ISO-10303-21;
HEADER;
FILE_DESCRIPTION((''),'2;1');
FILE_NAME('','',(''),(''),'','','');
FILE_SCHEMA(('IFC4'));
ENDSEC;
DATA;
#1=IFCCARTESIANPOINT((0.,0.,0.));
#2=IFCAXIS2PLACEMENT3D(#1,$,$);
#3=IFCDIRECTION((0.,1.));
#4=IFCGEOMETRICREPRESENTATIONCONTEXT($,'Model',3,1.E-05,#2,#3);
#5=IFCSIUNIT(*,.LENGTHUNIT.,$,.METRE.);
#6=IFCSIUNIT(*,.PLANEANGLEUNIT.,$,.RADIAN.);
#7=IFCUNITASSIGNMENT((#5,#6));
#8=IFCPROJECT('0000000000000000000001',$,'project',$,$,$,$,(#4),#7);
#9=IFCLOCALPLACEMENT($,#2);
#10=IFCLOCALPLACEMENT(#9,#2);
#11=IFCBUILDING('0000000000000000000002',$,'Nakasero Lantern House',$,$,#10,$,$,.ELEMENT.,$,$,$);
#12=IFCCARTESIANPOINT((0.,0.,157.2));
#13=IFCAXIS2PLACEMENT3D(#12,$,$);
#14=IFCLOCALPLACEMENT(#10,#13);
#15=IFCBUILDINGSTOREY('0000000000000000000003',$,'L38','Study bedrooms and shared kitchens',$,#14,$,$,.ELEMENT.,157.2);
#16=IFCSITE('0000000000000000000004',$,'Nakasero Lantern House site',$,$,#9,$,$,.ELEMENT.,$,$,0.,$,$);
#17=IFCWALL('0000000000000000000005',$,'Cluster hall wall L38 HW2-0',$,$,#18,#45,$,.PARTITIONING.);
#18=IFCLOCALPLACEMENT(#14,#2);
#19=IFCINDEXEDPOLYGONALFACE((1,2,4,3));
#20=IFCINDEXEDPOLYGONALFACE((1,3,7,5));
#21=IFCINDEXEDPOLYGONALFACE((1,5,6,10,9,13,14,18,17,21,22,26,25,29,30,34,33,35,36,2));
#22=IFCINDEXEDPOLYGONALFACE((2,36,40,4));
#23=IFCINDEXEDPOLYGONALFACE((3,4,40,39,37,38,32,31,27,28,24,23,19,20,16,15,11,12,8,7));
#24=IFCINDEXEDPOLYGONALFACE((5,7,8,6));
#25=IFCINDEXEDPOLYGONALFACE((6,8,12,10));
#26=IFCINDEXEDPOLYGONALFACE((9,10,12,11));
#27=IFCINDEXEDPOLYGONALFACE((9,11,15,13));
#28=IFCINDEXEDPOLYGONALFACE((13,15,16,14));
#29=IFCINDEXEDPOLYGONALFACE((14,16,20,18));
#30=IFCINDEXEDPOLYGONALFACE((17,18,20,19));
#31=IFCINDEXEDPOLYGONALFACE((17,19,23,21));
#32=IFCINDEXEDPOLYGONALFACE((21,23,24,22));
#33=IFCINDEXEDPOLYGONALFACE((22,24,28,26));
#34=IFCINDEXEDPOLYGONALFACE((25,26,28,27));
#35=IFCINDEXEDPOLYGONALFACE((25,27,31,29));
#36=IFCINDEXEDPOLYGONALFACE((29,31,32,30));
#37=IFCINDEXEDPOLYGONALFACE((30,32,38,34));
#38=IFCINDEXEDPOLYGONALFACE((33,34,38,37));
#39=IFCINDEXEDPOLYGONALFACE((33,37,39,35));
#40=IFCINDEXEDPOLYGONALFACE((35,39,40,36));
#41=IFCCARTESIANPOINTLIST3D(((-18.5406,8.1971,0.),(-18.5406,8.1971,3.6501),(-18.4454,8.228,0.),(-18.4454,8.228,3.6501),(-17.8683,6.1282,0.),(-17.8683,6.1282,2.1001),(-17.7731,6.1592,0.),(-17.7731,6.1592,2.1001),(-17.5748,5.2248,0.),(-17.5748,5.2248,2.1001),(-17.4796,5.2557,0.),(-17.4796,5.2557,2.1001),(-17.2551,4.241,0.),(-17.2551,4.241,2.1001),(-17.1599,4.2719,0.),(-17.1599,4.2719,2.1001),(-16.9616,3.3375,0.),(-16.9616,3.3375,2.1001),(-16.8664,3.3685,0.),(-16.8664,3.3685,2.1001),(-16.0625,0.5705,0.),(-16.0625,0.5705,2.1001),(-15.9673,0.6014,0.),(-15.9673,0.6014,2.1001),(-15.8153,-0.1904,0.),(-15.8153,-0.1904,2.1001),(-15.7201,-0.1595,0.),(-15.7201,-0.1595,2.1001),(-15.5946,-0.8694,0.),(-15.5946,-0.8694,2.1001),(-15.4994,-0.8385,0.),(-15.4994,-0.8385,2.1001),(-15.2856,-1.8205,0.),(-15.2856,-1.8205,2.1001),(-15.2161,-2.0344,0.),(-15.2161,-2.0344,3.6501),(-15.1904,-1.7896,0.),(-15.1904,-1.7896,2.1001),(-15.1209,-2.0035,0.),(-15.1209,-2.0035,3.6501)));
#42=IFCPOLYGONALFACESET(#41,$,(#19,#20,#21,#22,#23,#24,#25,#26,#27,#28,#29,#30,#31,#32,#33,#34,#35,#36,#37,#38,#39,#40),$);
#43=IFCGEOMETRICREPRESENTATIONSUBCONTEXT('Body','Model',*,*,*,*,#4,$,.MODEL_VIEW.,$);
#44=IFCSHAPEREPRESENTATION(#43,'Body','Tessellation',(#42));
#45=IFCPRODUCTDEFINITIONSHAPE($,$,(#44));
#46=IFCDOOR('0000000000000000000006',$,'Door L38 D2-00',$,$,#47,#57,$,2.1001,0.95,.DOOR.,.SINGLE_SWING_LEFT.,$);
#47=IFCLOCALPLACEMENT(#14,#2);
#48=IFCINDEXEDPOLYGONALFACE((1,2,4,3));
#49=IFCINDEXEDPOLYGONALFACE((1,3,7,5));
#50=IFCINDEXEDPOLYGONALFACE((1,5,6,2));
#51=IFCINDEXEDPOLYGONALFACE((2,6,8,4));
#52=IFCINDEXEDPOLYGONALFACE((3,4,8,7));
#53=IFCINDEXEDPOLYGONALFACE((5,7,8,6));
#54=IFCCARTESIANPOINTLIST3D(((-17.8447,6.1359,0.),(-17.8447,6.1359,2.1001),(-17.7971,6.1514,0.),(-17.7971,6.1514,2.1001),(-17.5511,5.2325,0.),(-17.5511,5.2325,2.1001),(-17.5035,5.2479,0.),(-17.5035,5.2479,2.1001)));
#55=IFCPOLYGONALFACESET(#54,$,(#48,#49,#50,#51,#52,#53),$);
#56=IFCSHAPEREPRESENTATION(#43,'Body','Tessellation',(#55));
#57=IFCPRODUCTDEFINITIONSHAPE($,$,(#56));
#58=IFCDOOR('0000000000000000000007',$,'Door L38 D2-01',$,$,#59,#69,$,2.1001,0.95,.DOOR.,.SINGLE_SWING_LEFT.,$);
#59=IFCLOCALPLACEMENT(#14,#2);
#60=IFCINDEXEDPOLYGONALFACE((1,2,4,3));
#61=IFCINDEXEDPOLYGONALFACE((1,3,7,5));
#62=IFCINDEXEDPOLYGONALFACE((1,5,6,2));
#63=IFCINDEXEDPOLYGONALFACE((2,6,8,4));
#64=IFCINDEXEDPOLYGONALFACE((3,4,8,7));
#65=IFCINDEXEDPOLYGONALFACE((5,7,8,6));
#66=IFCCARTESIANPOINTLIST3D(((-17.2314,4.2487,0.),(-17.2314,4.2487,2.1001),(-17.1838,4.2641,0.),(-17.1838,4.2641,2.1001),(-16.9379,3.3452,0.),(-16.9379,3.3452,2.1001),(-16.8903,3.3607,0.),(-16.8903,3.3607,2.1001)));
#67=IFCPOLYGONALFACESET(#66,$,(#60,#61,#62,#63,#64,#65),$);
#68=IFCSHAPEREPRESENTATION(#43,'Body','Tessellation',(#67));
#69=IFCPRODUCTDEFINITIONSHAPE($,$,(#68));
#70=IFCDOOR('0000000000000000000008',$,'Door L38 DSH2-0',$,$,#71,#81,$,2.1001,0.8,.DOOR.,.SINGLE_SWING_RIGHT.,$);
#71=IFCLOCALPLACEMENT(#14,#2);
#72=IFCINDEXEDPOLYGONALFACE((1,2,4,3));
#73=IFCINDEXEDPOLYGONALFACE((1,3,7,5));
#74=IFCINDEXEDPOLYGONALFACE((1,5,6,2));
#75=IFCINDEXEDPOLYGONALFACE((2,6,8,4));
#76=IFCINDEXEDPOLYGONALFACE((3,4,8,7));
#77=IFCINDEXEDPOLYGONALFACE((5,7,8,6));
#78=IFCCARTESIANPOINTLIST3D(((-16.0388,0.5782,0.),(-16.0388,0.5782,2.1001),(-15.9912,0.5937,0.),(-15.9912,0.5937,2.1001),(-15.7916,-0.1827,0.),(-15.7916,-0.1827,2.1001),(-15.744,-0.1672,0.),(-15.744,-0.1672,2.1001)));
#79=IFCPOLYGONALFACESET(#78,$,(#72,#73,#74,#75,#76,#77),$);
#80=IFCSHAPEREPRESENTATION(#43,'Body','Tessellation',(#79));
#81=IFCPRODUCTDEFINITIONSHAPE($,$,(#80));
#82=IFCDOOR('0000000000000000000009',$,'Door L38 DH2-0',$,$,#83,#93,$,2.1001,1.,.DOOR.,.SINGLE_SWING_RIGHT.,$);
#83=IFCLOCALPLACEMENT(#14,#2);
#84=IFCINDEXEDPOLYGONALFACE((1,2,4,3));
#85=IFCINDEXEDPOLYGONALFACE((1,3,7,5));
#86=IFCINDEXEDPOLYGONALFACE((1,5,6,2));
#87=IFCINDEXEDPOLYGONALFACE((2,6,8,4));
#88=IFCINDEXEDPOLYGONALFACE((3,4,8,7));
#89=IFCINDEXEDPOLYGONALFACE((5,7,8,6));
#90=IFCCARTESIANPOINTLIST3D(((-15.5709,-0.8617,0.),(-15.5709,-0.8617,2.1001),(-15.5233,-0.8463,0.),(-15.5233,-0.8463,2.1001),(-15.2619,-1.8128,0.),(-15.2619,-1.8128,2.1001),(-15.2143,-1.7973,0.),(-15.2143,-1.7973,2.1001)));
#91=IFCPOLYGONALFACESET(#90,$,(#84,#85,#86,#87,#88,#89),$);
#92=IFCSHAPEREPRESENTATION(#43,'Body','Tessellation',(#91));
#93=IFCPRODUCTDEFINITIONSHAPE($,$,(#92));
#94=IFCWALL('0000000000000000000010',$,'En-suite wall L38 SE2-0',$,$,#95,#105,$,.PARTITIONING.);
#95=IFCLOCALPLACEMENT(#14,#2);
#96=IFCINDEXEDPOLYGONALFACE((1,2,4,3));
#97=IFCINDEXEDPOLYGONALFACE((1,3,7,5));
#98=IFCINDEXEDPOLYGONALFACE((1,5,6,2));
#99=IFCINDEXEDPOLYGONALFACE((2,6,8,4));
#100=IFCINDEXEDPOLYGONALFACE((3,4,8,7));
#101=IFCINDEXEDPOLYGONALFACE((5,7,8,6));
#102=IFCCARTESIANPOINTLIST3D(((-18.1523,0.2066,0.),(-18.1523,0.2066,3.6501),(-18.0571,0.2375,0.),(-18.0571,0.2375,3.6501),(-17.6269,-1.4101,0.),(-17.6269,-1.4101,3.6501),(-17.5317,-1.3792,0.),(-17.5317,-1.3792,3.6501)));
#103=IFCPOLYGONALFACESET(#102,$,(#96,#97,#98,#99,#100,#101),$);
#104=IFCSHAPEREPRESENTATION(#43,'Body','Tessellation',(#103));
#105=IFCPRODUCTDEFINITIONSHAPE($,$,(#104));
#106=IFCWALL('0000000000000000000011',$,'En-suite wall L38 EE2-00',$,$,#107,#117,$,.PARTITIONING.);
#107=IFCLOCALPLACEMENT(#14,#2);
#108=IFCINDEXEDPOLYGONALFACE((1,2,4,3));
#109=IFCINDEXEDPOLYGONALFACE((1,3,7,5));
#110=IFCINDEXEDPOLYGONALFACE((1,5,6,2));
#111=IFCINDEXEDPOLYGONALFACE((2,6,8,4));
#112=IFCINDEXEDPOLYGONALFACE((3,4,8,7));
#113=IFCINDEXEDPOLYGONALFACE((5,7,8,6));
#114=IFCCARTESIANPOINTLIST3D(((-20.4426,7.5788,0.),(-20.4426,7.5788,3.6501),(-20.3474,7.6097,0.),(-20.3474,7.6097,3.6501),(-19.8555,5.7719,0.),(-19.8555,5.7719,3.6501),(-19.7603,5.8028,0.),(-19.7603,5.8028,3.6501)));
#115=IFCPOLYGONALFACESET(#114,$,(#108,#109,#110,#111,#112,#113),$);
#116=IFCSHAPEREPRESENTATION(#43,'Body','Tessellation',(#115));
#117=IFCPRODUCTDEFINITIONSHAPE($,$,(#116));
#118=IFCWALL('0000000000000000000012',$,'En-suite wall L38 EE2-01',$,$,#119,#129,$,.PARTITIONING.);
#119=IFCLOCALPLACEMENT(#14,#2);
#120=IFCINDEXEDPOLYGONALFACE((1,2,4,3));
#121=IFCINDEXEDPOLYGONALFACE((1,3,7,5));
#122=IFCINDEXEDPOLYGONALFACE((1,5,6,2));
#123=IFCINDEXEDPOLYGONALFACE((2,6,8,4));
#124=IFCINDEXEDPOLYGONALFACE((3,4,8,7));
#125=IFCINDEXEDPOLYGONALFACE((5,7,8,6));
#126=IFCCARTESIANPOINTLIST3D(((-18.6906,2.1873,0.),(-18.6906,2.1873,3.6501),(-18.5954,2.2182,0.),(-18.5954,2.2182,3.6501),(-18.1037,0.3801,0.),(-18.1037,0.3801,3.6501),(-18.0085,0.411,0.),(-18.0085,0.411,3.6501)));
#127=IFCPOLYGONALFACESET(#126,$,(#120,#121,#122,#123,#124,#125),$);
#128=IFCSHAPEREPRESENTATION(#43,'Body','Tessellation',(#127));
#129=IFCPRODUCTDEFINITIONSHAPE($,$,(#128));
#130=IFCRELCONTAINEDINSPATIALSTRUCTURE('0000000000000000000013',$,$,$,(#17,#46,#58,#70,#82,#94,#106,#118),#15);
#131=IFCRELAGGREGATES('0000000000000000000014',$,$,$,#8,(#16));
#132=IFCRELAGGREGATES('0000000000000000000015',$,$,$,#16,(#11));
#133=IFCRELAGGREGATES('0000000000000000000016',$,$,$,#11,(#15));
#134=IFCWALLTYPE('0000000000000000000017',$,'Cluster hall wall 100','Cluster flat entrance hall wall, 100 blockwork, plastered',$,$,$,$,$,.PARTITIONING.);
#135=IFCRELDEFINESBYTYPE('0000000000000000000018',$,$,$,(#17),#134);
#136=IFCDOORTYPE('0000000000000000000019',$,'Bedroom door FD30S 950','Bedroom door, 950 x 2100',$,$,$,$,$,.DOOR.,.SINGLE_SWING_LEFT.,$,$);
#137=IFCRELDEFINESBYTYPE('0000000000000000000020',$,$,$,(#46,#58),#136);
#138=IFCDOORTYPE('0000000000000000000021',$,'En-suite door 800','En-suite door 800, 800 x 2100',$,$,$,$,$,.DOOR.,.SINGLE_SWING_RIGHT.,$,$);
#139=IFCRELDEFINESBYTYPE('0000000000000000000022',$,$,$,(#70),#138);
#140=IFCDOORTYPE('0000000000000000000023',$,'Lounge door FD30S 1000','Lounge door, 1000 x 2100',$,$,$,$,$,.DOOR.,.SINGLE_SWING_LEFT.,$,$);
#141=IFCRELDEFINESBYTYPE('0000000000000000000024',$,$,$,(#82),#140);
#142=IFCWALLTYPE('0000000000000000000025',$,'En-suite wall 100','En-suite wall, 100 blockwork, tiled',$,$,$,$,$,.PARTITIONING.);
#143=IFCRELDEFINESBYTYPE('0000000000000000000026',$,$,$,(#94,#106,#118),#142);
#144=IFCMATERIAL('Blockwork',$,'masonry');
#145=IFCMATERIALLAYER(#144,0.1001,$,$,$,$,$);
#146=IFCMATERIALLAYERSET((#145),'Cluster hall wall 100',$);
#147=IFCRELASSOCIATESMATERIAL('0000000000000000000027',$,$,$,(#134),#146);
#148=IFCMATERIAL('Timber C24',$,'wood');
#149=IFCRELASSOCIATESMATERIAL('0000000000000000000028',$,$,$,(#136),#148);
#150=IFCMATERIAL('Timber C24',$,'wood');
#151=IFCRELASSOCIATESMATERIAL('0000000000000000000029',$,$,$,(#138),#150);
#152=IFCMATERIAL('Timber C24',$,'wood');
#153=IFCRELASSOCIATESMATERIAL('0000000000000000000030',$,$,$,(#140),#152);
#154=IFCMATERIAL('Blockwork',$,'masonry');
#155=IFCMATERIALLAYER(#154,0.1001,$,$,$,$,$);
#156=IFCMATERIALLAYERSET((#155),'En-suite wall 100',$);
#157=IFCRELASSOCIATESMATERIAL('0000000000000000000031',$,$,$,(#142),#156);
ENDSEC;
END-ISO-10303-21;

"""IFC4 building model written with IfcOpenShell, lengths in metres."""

from ifc_helpers import new_model, si_unit, direction, frame, frame_2d, origin, place, context, subcontext, project, spatial, rectangle, extrude, material, layer, layer_set, type_object, element, fill, save


model = new_model("IFC4")

# Units and contexts
model_context = context("Model", 3, precision=1e-05, world=origin(), true_north=direction((0.0, 1.0)))
body_context = subcontext(model_context, "Body", "Model", "MODEL_VIEW")
ifc_project = project(units=[si_unit("LENGTHUNIT", "METRE"), si_unit("PLANEANGLEUNIT", "RADIAN")], contexts=[model_context])

# Site, building, storey
site_placement = place(None, origin())
site = spatial("IfcSite", under=ifc_project, at=site_placement, Name="Nakasero Lantern House site", CompositionType="ELEMENT", RefElevation=0.0)
building_placement = place(site_placement, origin())
building = spatial("IfcBuilding", under=site, at=building_placement, Name="Nakasero Lantern House", CompositionType="ELEMENT")
storey_placement = place(building_placement, frame((0.0, 0.0, 157.2)))
storey = spatial("IfcBuildingStorey", under=building, at=storey_placement, Name="L38", Description="Study bedrooms and shared kitchens", CompositionType="ELEMENT", Elevation=157.2)

# Wall, openings, doors
ifc_material_1 = material(Name="Blockwork", Category="masonry")
ifc_layer_1 = layer(ifc_material_1, 0.1001)
ifc_layer_set_1 = layer_set([ifc_layer_1], Name="Cluster hall wall 100")
wall_type_1 = type_object("IfcWallType", Name="Cluster hall wall 100", Description="Cluster flat entrance hall wall, 100 blockwork, plastered", PredefinedType="PARTITIONING", material=ifc_layer_set_1)
wall_1_placement = place(storey_placement, frame((-18.4929, 8.2124, 0.0), z_axis=(0.0, 0.0, 1.0), x_axis=(0.309022, -0.951055, 0.0)))
wall_1 = element("IfcWall", 1, at=wall_1_placement, inside=storey, type_object=wall_type_1, Name="Cluster hall wall L38 HW2-0", PredefinedType="PARTITIONING", context=body_context, shape_type="SweptSolid", body=[
    extrude(rectangle(XDim=10.7581, YDim=0.1001, at=frame_2d((5.3789, 0.0))), origin(), (0.0, 0.0, 1.0), 3.6501),
])
opening_1_placement = place(wall_1_placement, frame((9.533, 0.0, 0.0)))
opening_1 = element("IfcOpeningElement", 2, at=opening_1_placement, cuts=wall_1, PredefinedType="OPENING", context=body_context, shape_type="SweptSolid", body=[
    extrude(rectangle(XDim=1.0, YDim=2.1001, at=frame_2d((0.5, 1.05))), frame((0.0, 0.0701, 0.0), z_axis=(0.0, -1.0, 0.0), x_axis=(1.0, 0.0, 0.0)), (0.0, 0.0, 1.0), 0.1401),
])
opening_2_placement = place(wall_1_placement, frame((8.019, 0.0, 0.0)))
opening_2 = element("IfcOpeningElement", 3, at=opening_2_placement, cuts=wall_1, PredefinedType="OPENING", context=body_context, shape_type="SweptSolid", body=[
    extrude(rectangle(XDim=0.8, YDim=2.1001, at=frame_2d((0.3999, 1.05))), frame((0.0, 0.0701, 0.0), z_axis=(0.0, -1.0, 0.0), x_axis=(1.0, 0.0, 0.0)), (0.0, 0.0, 1.0), 0.1401),
])
opening_3_placement = place(wall_1_placement, frame((2.175, 0.0, 0.0)))
opening_3 = element("IfcOpeningElement", 4, at=opening_3_placement, cuts=wall_1, PredefinedType="OPENING", context=body_context, shape_type="SweptSolid", body=[
    extrude(rectangle(XDim=0.95, YDim=2.1001, at=frame_2d((0.4751, 1.05))), frame((0.0, 0.0701, 0.0), z_axis=(0.0, -1.0, 0.0), x_axis=(1.0, 0.0, 0.0)), (0.0, 0.0, 1.0), 0.1401),
])
opening_4_placement = place(wall_1_placement, frame((4.1594, 0.0, 0.0)))
opening_4 = element("IfcOpeningElement", 5, at=opening_4_placement, cuts=wall_1, PredefinedType="OPENING", context=body_context, shape_type="SweptSolid", body=[
    extrude(rectangle(XDim=0.95, YDim=2.1001, at=frame_2d((0.4751, 1.05))), frame((0.0, 0.0701, 0.0), z_axis=(0.0, -1.0, 0.0), x_axis=(1.0, 0.0, 0.0)), (0.0, 0.0, 1.0), 0.1401),
])
ifc_material_2 = material(Name="Timber C24", Category="wood")
door_type_1 = type_object("IfcDoorType", Name="Bedroom door FD30S 950", Description="Bedroom door, 950 x 2100", OperationType="SINGLE_SWING_LEFT", PredefinedType="DOOR", material=ifc_material_2)
door_1_placement = place(opening_3_placement, origin())
door_1 = element("IfcDoor", 6, at=door_1_placement, inside=storey, type_object=door_type_1, Name="Door L38 D2-00", OperationType="SINGLE_SWING_LEFT", OverallHeight=2.1001, OverallWidth=0.95, PredefinedType="DOOR", context=body_context, shape_type="SweptSolid", body=[
    extrude(rectangle(XDim=0.95, YDim=2.1001, at=frame_2d((0.4751, 1.05))), frame((0.0, 0.0249, 0.0), z_axis=(0.0, -1.0, 0.0), x_axis=(1.0, 0.0, 0.0)), (0.0, 0.0, 1.0), 0.05),
])
fill(opening_3, door_1)
door_2_placement = place(opening_4_placement, origin())
door_2 = element("IfcDoor", 7, at=door_2_placement, inside=storey, type_object=door_type_1, Name="Door L38 D2-01", OperationType="SINGLE_SWING_LEFT", OverallHeight=2.1001, OverallWidth=0.95, PredefinedType="DOOR", context=body_context, shape_type="SweptSolid", body=[
    extrude(rectangle(XDim=0.95, YDim=2.1001, at=frame_2d((0.4751, 1.05))), frame((0.0, 0.0249, 0.0), z_axis=(0.0, -1.0, 0.0), x_axis=(1.0, 0.0, 0.0)), (0.0, 0.0, 1.0), 0.05),
])
fill(opening_4, door_2)
ifc_material_3 = material(Name="Timber C24", Category="wood")
door_type_2 = type_object("IfcDoorType", Name="En-suite door 800", Description="En-suite door 800, 800 x 2100", OperationType="SINGLE_SWING_RIGHT", PredefinedType="DOOR", material=ifc_material_3)
door_3_placement = place(opening_2_placement, origin())
door_3 = element("IfcDoor", 8, at=door_3_placement, inside=storey, type_object=door_type_2, Name="Door L38 DSH2-0", OperationType="SINGLE_SWING_RIGHT", OverallHeight=2.1001, OverallWidth=0.8, PredefinedType="DOOR", context=body_context, shape_type="SweptSolid", body=[
    extrude(rectangle(XDim=0.8, YDim=2.1001, at=frame_2d((0.3999, 1.05))), frame((0.0, 0.0249, 0.0), z_axis=(0.0, -1.0, 0.0), x_axis=(1.0, 0.0, 0.0)), (0.0, 0.0, 1.0), 0.05),
])
fill(opening_2, door_3)
ifc_material_4 = material(Name="Timber C24", Category="wood")
door_type_3 = type_object("IfcDoorType", Name="Lounge door FD30S 1000", Description="Lounge door, 1000 x 2100", OperationType="SINGLE_SWING_LEFT", PredefinedType="DOOR", material=ifc_material_4)
door_4_placement = place(opening_1_placement, origin())
door_4 = element("IfcDoor", 9, at=door_4_placement, inside=storey, type_object=door_type_3, Name="Door L38 DH2-0", OperationType="SINGLE_SWING_RIGHT", OverallHeight=2.1001, OverallWidth=1.0, PredefinedType="DOOR", context=body_context, shape_type="SweptSolid", body=[
    extrude(rectangle(XDim=1.0, YDim=2.1001, at=frame_2d((0.5, 1.05))), frame((0.0, 0.0249, 0.0), z_axis=(0.0, -1.0, 0.0), x_axis=(1.0, 0.0, 0.0)), (0.0, 0.0, 1.0), 0.05),
])
fill(opening_1, door_4)

# Walls
ifc_material_5 = material(Name="Blockwork", Category="masonry")
ifc_layer_2 = layer(ifc_material_5, 0.1001)
ifc_layer_set_2 = layer_set([ifc_layer_2], Name="En-suite wall 100")
wall_type_2 = type_object("IfcWallType", Name="En-suite wall 100", Description="En-suite wall, 100 blockwork, tiled", PredefinedType="PARTITIONING", material=ifc_layer_set_2)
wall_2_placement = place(storey_placement, frame((-18.1047, 0.2222, 0.0), z_axis=(0.0, 0.0, 1.0), x_axis=(0.309067, -0.95104, 0.0)))
element("IfcWall", 10, at=wall_2_placement, inside=storey, type_object=wall_type_2, Name="En-suite wall L38 SE2-0", PredefinedType="PARTITIONING", context=body_context, shape_type="SweptSolid", body=[
    extrude(rectangle(XDim=1.7, YDim=0.1001, at=frame_2d((0.8501, 0.0))), origin(), (0.0, 0.0, 1.0), 3.6501),
])
wall_3_placement = place(storey_placement, frame((-20.395, 7.5942, 0.0), z_axis=(0.0, 0.0, 1.0), x_axis=(0.309048, -0.951046, 0.0)))
element("IfcWall", 11, at=wall_3_placement, inside=storey, type_object=wall_type_2, Name="En-suite wall L38 EE2-00", PredefinedType="PARTITIONING", context=body_context, shape_type="SweptSolid", body=[
    extrude(rectangle(XDim=1.8999, YDim=0.1001, at=frame_2d((0.95, 0.0))), origin(), (0.0, 0.0, 1.0), 3.6501),
])
wall_4_placement = place(storey_placement, frame((-18.6431, 2.2029, 0.0), z_axis=(0.0, 0.0, 1.0), x_axis=(0.308894, -0.951096, 0.0)))
element("IfcWall", 12, at=wall_4_placement, inside=storey, type_object=wall_type_2, Name="En-suite wall L38 EE2-01", PredefinedType="PARTITIONING", context=body_context, shape_type="SweptSolid", body=[
    extrude(rectangle(XDim=1.9001, YDim=0.1001, at=frame_2d((0.9502, 0.0))), origin(), (0.0, 0.0, 1.0), 3.6501),
])

save(model, "model.ifc")
